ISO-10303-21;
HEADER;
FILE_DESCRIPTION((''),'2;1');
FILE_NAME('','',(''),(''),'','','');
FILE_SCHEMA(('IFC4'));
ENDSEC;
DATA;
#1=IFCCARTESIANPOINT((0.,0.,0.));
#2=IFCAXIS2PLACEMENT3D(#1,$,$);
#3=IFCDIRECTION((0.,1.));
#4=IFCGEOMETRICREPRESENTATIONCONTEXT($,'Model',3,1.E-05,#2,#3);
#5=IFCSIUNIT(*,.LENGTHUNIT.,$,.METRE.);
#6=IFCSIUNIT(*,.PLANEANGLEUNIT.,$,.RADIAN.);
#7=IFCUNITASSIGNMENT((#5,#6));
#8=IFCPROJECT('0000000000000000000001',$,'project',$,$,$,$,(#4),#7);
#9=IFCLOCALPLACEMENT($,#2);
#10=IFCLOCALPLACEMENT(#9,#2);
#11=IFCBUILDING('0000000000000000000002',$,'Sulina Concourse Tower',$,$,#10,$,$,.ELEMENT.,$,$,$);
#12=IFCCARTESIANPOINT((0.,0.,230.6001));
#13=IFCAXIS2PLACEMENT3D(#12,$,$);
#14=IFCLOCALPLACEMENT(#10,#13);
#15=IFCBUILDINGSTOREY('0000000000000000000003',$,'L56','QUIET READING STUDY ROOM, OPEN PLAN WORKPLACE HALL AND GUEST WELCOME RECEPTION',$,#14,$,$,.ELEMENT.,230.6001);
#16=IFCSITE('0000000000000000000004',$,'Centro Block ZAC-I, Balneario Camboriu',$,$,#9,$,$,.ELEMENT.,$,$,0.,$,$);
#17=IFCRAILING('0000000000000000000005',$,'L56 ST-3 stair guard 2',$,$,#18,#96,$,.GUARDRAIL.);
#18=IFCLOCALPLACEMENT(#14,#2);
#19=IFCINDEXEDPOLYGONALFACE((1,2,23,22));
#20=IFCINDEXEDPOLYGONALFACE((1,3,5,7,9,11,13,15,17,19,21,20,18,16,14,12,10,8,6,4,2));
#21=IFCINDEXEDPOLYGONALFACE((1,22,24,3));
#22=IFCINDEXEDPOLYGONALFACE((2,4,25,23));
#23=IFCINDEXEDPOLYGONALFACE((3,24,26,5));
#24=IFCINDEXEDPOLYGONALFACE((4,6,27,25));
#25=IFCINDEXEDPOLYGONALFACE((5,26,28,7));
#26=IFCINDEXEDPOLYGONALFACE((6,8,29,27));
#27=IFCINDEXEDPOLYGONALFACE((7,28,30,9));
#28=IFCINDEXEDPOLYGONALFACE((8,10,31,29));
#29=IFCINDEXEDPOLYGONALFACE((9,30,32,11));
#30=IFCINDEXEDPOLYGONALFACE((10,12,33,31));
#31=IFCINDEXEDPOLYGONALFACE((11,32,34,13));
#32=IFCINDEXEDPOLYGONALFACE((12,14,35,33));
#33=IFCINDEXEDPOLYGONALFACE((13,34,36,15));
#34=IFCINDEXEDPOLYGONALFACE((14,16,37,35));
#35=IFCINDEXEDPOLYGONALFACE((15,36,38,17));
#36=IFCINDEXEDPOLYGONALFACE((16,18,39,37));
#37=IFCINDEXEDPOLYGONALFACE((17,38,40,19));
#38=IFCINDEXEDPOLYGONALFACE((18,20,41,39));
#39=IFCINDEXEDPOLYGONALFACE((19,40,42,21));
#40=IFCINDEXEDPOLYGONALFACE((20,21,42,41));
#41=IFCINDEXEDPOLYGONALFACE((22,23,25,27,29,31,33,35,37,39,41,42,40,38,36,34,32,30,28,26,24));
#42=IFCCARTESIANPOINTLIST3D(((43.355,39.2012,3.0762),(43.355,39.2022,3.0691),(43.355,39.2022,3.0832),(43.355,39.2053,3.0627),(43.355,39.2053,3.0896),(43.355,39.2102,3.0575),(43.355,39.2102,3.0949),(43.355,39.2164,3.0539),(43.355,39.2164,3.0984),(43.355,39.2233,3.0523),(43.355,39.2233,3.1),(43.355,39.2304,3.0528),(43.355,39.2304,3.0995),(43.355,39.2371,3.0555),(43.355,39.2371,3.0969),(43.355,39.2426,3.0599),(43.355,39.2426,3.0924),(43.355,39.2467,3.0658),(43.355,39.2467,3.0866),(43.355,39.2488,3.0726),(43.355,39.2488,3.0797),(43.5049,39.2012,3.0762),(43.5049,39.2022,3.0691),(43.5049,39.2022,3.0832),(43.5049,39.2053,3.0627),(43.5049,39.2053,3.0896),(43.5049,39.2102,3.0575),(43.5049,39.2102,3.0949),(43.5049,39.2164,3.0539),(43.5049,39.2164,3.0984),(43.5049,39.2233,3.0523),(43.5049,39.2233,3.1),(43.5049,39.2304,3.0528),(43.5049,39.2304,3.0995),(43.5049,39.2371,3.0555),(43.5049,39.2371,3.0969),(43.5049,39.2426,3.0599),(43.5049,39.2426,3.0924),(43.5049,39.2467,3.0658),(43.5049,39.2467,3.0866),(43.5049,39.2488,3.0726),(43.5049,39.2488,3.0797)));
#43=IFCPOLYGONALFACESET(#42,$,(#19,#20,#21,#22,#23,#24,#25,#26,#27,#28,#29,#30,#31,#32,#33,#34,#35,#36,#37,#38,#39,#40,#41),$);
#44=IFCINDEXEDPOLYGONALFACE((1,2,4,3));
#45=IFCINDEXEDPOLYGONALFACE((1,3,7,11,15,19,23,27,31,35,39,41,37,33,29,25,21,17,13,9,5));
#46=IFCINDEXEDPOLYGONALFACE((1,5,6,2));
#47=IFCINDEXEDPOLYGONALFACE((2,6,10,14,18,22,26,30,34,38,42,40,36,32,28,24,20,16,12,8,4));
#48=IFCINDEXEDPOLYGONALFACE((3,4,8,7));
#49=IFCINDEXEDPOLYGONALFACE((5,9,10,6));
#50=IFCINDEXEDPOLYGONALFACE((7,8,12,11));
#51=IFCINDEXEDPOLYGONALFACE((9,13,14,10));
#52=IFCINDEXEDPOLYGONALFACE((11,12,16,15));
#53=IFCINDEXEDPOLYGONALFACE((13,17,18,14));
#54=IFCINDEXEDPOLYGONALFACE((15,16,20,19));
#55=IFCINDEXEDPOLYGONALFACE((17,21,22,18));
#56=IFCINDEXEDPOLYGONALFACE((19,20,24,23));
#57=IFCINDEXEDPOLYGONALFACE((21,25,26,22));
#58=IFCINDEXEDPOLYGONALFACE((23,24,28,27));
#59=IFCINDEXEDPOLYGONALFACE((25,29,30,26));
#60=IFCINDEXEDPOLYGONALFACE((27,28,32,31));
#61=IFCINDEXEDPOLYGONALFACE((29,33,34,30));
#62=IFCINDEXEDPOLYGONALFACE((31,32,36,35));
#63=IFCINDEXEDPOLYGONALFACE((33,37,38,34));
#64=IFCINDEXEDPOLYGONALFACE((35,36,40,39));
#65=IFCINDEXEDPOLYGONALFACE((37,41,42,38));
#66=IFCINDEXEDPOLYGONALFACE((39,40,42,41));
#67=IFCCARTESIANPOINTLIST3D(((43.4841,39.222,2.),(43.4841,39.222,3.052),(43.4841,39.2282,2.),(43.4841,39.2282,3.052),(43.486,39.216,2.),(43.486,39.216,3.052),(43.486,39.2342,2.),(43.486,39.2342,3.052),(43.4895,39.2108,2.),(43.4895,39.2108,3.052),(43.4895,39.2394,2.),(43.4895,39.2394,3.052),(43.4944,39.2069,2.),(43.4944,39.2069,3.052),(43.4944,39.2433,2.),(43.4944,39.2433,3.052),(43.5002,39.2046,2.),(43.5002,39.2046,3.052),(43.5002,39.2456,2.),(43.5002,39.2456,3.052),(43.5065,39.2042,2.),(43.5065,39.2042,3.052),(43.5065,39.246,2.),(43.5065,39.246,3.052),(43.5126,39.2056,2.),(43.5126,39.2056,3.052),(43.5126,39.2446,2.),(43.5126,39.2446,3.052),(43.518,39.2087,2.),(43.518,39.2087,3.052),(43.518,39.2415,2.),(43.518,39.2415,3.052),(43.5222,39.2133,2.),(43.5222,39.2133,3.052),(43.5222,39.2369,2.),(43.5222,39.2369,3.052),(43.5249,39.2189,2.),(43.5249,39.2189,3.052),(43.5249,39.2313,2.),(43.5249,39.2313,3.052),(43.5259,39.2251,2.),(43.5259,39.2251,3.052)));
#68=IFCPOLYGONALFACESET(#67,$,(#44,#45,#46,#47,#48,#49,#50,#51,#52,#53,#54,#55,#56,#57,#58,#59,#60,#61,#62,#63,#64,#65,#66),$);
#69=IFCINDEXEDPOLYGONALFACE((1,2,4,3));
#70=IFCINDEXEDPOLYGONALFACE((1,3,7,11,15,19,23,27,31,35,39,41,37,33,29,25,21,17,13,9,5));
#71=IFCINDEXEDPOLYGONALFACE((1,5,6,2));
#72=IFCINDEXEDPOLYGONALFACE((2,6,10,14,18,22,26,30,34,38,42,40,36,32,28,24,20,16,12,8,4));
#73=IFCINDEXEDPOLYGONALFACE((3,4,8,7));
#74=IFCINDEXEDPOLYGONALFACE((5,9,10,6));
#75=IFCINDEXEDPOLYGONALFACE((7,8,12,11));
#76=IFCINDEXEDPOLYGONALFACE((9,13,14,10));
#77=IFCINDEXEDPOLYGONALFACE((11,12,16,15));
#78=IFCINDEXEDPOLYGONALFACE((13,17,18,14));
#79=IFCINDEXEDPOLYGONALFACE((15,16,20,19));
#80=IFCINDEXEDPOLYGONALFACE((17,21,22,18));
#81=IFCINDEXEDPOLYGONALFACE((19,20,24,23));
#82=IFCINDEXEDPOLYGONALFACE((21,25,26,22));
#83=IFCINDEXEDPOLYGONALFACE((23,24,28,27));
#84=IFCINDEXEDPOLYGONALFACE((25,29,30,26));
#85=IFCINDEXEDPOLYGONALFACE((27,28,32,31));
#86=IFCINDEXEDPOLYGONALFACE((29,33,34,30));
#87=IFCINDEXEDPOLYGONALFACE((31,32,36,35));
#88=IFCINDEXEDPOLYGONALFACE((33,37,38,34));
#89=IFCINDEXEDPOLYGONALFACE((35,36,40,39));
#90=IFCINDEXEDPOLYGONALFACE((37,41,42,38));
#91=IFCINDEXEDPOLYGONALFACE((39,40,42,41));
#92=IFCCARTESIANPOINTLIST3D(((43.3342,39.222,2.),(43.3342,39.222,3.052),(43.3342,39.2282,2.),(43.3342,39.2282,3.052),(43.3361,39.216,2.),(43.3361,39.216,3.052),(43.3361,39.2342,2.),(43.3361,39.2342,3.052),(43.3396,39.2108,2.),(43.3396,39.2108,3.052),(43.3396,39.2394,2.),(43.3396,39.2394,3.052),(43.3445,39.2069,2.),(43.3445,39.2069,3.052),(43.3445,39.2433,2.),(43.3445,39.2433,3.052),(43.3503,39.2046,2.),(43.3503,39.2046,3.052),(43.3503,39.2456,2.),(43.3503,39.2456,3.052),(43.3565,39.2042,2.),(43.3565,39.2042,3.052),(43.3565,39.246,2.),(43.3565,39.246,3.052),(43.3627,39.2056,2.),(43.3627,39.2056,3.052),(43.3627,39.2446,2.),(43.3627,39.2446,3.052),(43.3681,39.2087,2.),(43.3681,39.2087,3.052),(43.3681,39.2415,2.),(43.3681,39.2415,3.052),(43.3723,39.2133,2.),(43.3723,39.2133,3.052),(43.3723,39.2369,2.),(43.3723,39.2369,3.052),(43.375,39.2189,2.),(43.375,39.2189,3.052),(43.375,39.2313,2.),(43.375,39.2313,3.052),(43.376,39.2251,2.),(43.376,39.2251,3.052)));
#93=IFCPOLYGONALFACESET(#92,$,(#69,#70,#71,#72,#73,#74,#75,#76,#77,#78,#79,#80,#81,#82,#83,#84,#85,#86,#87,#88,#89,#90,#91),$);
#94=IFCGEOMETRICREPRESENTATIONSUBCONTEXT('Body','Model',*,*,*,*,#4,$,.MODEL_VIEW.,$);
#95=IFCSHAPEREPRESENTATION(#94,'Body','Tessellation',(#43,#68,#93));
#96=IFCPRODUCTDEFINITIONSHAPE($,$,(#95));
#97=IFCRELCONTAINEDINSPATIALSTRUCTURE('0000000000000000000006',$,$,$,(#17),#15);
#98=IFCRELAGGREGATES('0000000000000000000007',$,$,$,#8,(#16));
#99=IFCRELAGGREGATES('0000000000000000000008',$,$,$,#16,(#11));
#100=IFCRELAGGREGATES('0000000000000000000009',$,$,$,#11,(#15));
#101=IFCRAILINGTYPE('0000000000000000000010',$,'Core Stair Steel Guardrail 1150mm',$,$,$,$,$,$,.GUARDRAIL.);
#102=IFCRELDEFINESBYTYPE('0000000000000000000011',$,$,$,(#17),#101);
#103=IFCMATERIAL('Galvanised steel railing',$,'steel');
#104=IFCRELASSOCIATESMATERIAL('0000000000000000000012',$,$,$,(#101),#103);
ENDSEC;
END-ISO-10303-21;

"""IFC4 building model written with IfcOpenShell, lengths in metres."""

from ifc_helpers import new_model, si_unit, direction, frame, origin, origin_2d, place, context, subcontext, project, spatial, circle, extrude, material, type_object, element, save


model = new_model("IFC4")

# Units and contexts
model_context = context("Model", 3, precision=1e-05, world=origin(), true_north=direction((0.0, 1.0)))
body_context = subcontext(model_context, "Body", "Model", "MODEL_VIEW")
ifc_project = project(units=[si_unit("LENGTHUNIT", "METRE"), si_unit("PLANEANGLEUNIT", "RADIAN")], contexts=[model_context])

# Site, building, storey
site_placement = place(None, origin())
site = spatial("IfcSite", under=ifc_project, at=site_placement, Name="Centro Block ZAC-I, Balneario Camboriu", CompositionType="ELEMENT", RefElevation=0.0)
building_placement = place(site_placement, origin())
building = spatial("IfcBuilding", under=site, at=building_placement, Name="Sulina Concourse Tower", CompositionType="ELEMENT")
storey_placement = place(building_placement, frame((0.0, 0.0, 230.6001)))
storey = spatial("IfcBuildingStorey", under=building, at=storey_placement, Name="L56", Description="QUIET READING STUDY ROOM, OPEN PLAN WORKPLACE HALL AND GUEST WELCOME RECEPTION", CompositionType="ELEMENT", Elevation=230.6001)

# Railing
ifc_material_1 = material(Name="Galvanised steel railing", Category="steel")
railing_type_1 = type_object("IfcRailingType", Name="Core Stair Steel Guardrail 1150mm", PredefinedType="GUARDRAIL", material=ifc_material_1)
railing_1_placement = place(storey_placement, frame((43.5049, 39.2251, 2.0)))
element("IfcRailing", 1, at=railing_1_placement, inside=storey, type_object=railing_type_1, Name="L56 ST-3 stair guard 2", PredefinedType="GUARDRAIL", context=body_context, shape_type="SweptSolid", body=[
    extrude(circle(Radius=0.0239, at=origin_2d()), frame((0.0, 0.0, 1.0762), z_axis=(-1.0, 0.0, 0.0), x_axis=(0.0, -1.0, 0.0)), (0.0, 0.0, 1.0), 0.1499),
    extrude(circle(Radius=0.021, at=origin_2d()), origin(), (0.0, 0.0, 1.0), 1.052),
    extrude(circle(Radius=0.021, at=origin_2d()), frame((-0.1499, 0.0, 0.0)), (0.0, 0.0, 1.0), 1.052),
])

save(model, "model.ifc")
